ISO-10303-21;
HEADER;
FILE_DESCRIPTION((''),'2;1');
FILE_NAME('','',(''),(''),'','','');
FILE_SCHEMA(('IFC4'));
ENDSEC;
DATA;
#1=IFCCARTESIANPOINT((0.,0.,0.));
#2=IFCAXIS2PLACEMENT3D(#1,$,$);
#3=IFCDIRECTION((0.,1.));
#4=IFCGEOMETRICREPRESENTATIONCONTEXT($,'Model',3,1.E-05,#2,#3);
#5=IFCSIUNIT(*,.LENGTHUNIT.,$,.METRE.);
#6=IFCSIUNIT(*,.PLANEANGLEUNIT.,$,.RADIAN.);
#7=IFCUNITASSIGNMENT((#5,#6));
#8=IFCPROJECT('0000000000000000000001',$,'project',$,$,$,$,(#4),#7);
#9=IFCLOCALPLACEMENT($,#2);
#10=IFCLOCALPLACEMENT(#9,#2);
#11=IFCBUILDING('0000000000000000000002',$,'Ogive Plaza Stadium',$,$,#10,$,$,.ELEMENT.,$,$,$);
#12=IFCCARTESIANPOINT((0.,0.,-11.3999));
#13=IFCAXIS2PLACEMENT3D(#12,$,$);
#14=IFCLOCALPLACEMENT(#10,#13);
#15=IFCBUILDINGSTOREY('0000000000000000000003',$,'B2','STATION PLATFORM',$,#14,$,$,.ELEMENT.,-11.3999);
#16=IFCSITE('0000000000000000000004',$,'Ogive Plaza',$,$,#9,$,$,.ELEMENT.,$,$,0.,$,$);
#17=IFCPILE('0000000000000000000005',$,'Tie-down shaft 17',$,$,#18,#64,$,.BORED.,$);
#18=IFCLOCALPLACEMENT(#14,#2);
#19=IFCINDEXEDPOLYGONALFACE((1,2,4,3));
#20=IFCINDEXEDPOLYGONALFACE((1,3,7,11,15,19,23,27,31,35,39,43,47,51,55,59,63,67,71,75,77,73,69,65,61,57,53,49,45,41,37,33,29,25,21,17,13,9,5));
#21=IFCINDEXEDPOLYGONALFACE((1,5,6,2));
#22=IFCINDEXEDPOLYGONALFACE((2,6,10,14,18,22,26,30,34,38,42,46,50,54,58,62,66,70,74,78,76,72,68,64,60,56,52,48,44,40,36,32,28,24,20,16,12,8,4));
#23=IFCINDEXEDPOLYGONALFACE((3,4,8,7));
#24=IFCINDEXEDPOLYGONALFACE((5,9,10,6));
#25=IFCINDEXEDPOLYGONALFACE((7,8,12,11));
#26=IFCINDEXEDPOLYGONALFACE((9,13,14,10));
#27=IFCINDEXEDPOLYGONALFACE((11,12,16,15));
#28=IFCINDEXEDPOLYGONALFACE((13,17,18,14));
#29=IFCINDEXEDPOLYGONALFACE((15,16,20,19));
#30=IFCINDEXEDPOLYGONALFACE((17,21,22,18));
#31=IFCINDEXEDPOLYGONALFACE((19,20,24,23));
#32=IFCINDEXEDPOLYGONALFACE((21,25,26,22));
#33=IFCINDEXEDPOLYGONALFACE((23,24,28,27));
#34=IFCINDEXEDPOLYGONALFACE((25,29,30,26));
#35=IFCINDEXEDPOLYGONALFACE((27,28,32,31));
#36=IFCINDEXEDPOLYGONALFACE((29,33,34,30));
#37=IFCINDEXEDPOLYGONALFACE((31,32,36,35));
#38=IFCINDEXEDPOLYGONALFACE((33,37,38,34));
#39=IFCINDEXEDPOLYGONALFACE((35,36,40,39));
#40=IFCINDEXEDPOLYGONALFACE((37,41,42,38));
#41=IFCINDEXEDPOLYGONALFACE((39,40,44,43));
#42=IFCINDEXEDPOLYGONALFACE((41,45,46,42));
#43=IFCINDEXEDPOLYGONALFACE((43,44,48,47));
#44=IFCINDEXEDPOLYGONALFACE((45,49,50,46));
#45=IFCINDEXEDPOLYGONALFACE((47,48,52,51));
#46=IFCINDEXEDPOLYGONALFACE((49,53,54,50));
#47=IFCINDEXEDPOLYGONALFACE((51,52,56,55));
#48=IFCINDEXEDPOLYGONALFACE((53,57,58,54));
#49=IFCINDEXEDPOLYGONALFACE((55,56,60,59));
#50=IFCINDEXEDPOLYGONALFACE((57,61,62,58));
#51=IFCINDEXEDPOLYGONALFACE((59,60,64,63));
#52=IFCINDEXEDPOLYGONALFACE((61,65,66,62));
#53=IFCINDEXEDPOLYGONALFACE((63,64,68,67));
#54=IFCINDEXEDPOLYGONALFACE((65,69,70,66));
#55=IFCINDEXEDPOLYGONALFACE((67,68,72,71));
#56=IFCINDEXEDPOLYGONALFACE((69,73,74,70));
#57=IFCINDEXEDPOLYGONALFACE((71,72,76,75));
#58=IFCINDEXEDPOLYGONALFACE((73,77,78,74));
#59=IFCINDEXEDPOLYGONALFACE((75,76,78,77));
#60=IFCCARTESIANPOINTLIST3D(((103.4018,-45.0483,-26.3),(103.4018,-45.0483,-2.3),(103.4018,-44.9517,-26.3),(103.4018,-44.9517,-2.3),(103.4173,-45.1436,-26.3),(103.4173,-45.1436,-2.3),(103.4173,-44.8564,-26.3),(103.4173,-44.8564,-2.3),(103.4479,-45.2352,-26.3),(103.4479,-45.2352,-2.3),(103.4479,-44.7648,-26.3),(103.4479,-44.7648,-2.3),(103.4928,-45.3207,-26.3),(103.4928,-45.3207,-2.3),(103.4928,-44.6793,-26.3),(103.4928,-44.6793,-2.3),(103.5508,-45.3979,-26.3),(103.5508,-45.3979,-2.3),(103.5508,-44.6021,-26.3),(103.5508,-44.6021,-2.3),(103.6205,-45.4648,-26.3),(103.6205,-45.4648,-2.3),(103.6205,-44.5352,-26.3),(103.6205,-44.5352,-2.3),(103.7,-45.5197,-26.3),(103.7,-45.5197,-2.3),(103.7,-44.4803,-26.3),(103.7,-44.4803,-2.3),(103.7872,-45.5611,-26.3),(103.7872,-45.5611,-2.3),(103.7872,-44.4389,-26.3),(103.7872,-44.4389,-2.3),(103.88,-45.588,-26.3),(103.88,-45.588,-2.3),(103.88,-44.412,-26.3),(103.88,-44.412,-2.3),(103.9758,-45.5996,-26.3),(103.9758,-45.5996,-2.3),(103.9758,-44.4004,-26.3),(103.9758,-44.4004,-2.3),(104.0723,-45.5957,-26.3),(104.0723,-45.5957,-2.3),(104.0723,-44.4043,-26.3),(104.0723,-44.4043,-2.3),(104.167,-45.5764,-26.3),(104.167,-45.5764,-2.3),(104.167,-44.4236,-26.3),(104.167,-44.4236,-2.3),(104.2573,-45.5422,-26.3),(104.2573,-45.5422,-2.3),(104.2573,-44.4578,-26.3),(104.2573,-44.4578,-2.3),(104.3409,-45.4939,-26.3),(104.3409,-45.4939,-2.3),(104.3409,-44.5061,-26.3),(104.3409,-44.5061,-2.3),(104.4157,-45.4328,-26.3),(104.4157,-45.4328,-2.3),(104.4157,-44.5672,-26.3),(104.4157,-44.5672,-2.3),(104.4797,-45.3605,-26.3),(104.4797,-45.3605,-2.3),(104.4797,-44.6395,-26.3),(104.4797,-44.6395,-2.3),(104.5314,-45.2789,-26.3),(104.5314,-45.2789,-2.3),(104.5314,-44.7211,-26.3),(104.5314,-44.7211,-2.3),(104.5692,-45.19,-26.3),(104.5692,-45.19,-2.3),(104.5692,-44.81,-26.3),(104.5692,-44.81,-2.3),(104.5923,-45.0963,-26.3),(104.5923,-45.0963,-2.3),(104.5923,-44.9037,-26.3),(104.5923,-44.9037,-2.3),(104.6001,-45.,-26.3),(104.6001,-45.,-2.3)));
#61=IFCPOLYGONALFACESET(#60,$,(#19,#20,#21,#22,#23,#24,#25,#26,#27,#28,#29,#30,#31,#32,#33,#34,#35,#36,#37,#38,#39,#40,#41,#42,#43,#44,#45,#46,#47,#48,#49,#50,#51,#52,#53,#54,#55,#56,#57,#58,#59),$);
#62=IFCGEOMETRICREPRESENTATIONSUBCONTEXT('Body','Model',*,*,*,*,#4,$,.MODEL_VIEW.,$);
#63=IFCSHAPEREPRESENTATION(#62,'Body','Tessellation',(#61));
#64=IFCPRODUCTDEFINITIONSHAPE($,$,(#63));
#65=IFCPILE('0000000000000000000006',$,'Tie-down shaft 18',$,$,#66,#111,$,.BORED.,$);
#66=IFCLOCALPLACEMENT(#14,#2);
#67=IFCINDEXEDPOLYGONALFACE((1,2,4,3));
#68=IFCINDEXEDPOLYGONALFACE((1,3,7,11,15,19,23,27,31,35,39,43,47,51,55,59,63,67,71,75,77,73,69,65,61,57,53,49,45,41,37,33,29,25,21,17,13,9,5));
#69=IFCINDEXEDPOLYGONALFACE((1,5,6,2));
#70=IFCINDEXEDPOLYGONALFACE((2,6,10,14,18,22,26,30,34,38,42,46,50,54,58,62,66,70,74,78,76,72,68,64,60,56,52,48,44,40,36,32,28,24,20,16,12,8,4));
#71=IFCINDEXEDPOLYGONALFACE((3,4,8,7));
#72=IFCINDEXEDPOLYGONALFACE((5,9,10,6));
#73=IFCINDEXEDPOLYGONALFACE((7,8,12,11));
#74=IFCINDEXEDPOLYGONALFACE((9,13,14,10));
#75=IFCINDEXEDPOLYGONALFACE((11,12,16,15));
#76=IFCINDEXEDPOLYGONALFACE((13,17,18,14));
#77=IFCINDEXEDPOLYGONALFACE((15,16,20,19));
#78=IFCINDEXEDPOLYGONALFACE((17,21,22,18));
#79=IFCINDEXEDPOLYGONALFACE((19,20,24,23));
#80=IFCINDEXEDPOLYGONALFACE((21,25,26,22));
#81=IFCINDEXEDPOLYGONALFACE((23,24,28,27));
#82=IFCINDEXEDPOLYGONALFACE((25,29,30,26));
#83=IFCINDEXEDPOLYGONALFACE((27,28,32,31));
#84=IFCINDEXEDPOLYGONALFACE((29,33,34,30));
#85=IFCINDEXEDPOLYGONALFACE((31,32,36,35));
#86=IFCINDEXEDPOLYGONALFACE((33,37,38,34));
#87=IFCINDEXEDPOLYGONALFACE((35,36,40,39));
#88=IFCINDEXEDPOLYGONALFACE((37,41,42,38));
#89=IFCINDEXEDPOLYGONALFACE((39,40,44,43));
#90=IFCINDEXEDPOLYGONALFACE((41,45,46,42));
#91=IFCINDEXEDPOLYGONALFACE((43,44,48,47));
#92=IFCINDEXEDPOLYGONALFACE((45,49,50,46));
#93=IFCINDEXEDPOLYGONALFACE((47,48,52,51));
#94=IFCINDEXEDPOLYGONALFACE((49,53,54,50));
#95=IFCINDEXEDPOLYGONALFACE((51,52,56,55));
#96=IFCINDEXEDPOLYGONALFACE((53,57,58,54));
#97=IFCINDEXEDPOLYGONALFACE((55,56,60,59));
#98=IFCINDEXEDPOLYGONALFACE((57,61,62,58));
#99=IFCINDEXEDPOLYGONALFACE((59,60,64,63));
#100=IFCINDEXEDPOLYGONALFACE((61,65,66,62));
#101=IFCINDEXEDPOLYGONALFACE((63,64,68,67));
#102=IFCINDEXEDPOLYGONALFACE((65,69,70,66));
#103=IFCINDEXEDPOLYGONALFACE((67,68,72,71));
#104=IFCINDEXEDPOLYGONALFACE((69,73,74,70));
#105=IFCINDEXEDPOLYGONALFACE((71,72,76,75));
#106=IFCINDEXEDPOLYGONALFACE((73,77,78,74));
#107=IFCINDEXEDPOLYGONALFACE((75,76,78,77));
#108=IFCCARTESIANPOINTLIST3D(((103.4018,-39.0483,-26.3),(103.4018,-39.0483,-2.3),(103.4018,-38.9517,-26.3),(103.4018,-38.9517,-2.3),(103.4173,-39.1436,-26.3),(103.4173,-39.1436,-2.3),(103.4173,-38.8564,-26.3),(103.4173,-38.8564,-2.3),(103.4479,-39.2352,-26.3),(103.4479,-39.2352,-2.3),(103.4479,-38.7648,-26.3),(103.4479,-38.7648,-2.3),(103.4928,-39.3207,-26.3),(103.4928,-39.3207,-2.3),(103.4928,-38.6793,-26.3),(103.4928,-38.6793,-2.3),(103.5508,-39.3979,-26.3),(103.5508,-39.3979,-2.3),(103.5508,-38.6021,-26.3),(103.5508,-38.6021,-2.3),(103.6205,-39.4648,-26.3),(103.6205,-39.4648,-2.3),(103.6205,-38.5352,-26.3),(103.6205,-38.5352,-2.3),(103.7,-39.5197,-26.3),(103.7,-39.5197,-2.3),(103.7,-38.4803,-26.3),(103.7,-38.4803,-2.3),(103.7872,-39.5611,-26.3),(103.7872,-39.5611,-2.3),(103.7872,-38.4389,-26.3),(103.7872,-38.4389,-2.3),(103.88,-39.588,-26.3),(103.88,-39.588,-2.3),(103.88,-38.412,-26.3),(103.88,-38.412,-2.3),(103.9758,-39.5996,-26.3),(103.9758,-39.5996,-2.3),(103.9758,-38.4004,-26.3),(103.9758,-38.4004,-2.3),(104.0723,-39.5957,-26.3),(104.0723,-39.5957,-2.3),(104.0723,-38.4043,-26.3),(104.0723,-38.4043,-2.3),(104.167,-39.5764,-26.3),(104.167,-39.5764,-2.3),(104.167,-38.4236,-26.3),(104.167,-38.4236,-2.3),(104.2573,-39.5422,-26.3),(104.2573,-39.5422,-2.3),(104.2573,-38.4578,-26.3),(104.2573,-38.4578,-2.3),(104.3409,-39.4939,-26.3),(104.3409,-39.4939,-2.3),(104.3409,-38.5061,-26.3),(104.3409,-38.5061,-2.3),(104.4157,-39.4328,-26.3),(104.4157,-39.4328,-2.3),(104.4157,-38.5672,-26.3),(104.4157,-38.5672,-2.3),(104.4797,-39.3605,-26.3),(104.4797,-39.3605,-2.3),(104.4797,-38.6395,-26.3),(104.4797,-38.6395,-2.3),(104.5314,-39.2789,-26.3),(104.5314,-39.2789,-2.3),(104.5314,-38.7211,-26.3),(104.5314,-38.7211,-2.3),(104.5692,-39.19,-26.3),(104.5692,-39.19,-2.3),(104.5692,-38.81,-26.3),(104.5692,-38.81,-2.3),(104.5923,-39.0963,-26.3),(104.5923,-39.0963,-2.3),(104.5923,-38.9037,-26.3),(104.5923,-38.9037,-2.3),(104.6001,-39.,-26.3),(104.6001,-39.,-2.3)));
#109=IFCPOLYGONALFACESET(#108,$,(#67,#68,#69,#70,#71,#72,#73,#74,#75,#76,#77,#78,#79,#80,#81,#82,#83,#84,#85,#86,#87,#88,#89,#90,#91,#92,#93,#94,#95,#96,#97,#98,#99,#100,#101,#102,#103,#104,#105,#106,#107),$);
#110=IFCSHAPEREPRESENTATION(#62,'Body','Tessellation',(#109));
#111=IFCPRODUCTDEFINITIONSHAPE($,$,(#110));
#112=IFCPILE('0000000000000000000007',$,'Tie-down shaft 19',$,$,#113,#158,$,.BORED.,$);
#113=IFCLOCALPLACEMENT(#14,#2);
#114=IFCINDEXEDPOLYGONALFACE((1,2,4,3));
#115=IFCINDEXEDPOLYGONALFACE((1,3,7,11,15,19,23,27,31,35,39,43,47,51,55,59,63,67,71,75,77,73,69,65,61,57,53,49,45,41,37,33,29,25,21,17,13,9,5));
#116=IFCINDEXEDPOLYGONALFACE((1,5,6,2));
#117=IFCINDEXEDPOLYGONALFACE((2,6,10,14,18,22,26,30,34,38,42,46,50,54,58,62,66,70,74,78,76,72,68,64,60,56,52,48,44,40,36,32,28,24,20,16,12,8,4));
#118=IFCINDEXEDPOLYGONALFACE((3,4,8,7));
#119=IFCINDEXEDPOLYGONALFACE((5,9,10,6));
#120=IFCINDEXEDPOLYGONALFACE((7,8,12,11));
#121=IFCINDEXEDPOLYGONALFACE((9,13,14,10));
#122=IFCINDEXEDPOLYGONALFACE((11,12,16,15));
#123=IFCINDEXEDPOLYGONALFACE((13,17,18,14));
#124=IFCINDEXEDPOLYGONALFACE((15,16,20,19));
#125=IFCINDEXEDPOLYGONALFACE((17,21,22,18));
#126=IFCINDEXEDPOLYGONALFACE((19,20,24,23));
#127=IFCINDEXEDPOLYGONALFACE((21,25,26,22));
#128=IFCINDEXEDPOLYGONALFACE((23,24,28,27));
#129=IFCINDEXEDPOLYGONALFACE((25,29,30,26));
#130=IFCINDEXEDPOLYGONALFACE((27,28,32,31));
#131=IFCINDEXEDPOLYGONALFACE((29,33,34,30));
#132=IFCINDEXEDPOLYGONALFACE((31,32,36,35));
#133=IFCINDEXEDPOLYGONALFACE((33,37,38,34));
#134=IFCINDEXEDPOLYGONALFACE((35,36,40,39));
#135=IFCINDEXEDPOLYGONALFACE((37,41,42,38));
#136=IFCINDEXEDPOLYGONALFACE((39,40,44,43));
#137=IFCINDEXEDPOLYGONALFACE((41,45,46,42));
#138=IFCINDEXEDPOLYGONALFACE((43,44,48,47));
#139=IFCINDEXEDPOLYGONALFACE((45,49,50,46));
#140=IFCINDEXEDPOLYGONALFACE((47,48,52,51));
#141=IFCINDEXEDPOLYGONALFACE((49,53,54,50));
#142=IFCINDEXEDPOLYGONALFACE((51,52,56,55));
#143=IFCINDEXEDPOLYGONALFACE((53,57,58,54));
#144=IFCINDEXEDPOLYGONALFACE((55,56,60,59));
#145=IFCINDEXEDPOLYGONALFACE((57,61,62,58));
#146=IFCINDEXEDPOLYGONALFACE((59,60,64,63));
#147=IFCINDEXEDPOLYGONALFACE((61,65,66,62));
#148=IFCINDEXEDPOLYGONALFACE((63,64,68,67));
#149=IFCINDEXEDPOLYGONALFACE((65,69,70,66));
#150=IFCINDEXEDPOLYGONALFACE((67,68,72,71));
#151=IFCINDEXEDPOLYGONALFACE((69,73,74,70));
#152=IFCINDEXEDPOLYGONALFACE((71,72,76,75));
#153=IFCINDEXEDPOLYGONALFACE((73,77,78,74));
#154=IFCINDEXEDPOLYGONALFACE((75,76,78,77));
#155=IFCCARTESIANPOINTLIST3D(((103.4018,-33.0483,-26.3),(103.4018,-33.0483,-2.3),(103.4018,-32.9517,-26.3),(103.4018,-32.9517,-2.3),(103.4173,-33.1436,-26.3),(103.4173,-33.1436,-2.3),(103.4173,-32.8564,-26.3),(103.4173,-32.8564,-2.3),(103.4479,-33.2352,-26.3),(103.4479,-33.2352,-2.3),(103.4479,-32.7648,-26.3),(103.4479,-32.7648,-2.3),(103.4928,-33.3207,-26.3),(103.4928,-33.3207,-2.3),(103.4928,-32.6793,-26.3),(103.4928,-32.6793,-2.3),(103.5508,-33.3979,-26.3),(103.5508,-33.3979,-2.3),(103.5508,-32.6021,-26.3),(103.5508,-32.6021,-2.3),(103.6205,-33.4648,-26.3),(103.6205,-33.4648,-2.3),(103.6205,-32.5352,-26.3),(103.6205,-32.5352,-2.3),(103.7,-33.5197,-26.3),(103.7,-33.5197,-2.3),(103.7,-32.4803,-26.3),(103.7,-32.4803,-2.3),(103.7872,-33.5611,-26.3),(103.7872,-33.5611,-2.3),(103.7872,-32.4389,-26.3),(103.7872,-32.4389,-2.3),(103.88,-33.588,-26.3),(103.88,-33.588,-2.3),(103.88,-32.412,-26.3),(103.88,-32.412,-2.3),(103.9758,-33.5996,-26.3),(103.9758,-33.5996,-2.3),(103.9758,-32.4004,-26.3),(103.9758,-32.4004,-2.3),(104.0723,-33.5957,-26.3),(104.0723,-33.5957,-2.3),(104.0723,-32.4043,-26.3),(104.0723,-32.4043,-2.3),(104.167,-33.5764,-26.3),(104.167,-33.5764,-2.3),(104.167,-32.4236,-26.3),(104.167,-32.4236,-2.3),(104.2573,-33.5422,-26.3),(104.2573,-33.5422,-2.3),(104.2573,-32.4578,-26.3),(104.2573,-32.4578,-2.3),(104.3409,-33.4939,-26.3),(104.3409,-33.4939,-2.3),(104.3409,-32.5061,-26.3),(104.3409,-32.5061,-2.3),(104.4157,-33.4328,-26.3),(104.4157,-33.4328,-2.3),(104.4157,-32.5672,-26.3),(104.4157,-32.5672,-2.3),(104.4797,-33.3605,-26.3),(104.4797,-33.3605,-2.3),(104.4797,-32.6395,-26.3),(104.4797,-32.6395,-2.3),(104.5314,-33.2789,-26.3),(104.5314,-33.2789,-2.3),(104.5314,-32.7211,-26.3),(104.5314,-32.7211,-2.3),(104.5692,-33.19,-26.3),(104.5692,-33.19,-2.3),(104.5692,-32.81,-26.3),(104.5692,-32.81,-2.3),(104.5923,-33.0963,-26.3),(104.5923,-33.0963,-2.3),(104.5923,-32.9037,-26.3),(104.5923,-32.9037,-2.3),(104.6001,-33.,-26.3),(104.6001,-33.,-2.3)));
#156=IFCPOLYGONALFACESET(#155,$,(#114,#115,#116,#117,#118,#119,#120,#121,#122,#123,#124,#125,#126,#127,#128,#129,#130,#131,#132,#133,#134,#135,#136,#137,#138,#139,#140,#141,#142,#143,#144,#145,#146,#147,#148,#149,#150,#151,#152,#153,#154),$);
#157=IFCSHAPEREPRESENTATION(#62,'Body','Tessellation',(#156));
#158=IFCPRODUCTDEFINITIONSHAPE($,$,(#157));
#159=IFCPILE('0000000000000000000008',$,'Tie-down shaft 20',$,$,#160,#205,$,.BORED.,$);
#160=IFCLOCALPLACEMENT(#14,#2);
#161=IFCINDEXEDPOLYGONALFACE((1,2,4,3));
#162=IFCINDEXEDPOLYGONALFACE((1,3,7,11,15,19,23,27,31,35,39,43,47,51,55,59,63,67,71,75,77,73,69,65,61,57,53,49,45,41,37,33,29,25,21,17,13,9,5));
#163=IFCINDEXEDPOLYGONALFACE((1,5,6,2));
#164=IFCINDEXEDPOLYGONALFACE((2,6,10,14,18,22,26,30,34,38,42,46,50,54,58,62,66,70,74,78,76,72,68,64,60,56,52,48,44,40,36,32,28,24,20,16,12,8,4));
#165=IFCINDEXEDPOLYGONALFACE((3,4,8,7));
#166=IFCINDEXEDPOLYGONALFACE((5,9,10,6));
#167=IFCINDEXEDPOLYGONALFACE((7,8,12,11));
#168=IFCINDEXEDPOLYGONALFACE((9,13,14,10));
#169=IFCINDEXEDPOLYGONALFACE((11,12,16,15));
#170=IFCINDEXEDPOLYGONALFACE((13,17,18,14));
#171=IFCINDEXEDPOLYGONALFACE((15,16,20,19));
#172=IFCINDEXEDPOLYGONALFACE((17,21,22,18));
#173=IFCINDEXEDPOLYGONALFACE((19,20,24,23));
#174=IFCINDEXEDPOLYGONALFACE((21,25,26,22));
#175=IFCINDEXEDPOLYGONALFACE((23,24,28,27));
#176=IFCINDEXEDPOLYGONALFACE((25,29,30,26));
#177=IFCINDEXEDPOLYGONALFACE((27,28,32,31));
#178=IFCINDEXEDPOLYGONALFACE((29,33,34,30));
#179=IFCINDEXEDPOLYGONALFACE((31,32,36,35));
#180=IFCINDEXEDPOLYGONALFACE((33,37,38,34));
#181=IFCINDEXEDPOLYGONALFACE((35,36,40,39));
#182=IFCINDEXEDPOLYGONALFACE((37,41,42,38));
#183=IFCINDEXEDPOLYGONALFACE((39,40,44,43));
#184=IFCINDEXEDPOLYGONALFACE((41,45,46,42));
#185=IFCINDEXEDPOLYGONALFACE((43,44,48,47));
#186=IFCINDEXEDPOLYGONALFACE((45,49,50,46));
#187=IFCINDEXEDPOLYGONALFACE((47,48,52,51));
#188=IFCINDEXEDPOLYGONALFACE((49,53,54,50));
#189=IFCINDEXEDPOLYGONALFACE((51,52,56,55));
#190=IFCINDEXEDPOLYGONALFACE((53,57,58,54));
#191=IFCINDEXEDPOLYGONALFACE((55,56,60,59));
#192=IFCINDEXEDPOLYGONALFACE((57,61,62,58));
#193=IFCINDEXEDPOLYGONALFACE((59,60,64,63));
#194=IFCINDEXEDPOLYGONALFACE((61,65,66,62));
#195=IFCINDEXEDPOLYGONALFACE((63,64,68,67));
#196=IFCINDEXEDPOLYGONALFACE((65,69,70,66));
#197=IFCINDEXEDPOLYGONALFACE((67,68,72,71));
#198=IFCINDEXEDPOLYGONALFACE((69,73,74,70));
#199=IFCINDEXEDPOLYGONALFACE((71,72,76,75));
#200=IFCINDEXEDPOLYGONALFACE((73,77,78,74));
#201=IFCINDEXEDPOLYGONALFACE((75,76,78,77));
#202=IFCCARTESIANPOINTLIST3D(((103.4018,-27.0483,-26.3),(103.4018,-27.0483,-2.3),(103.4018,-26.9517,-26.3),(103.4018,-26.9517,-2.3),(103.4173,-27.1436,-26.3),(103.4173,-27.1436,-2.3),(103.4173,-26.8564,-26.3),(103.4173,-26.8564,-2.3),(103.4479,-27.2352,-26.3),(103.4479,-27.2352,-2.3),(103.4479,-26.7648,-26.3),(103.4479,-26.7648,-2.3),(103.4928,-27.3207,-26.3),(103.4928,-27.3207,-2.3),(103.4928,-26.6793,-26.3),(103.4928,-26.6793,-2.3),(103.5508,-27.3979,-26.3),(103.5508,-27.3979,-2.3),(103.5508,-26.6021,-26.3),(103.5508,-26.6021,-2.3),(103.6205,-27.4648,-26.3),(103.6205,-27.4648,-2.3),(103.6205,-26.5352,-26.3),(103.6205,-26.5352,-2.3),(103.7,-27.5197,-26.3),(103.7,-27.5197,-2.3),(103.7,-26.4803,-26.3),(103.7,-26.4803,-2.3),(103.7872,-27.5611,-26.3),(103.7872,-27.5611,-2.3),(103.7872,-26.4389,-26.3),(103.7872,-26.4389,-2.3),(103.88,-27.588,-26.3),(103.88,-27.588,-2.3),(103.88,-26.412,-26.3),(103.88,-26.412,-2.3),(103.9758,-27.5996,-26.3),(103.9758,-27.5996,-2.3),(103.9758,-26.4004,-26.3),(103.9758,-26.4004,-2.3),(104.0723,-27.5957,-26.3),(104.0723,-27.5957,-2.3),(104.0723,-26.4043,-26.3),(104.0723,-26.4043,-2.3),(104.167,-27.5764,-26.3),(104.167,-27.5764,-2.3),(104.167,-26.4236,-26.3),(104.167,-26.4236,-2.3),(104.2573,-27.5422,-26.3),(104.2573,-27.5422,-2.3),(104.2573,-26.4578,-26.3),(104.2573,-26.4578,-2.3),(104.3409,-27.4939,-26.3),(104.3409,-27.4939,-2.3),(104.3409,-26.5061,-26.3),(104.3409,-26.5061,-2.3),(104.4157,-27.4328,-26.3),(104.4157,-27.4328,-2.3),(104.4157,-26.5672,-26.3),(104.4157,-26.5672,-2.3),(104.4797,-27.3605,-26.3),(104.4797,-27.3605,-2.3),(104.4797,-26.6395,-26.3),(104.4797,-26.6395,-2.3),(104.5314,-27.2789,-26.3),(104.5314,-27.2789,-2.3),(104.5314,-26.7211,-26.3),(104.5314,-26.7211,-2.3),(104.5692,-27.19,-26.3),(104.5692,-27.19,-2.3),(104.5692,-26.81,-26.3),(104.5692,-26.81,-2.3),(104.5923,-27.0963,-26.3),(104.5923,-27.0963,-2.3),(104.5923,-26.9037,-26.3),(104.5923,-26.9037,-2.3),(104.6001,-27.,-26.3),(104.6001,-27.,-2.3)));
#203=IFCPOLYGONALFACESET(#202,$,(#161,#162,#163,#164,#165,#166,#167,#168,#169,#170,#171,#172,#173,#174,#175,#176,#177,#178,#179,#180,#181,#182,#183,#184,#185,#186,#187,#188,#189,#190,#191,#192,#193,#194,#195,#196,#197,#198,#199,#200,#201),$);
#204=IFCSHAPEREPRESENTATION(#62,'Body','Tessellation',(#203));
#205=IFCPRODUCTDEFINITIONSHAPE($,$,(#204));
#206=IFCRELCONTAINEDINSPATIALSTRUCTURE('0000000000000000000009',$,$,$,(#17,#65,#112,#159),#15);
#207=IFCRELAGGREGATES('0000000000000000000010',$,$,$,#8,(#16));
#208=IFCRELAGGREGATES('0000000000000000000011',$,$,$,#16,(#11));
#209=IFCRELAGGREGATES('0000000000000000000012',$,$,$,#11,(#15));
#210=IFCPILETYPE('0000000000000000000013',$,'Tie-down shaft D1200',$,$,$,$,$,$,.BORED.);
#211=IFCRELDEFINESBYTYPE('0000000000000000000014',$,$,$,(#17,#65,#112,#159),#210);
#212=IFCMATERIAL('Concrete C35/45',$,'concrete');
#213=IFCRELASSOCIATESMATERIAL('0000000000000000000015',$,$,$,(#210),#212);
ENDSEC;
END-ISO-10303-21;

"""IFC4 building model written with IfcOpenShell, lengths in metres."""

from ifc_helpers import new_model, si_unit, direction, frame, origin, origin_2d, place, context, subcontext, project, spatial, circle, extrude, material, material_profile, profile_set, type_object, element, save


model = new_model("IFC4")

# Units and contexts
model_context = context("Model", 3, precision=1e-05, world=origin(), true_north=direction((0.0, 1.0)))
body_context = subcontext(model_context, "Body", "Model", "MODEL_VIEW")
ifc_project = project(units=[si_unit("LENGTHUNIT", "METRE"), si_unit("PLANEANGLEUNIT", "RADIAN")], contexts=[model_context])

# Site, building, storey
site_placement = place(None, origin())
site = spatial("IfcSite", under=ifc_project, at=site_placement, Name="Ogive Plaza", CompositionType="ELEMENT", RefElevation=0.0)
building_placement = place(site_placement, origin())
building = spatial("IfcBuilding", under=site, at=building_placement, Name="Ogive Plaza Stadium", CompositionType="ELEMENT")
storey_placement = place(building_placement, frame((0.0, 0.0, -11.3999)))
storey = spatial("IfcBuildingStorey", under=building, at=storey_placement, Name="B2", Description="STATION PLATFORM", CompositionType="ELEMENT", Elevation=-11.3999)

# Piles
ifc_material_1 = material(Name="Concrete C35/45", Category="concrete")
ifc_material_profile_1 = material_profile(ifc_material_1, circle(Radius=0.6001, at=origin_2d()), Name="Tie-down shaft D1200")
ifc_profile_set_1 = profile_set([ifc_material_profile_1], Name="Concrete C35/45")
pile_type = type_object("IfcPileType", Name="Tie-down shaft D1200", PredefinedType="BORED", material=ifc_profile_set_1)
for number, where, z_axis, x_axis, name in (
    (1, (104.0, -45.0, -2.3), (0.0, 0.0, -1.0), (1.0, 0.0, 0.0), "Tie-down shaft 17"),
    (2, (104.0, -39.0, -2.3), (0.0, 0.0, -1.0), (1.0, 0.0, 0.0), "Tie-down shaft 18"),
    (3, (104.0, -33.0, -2.3), (0.0, 0.0, -1.0), (1.0, 0.0, 0.0), "Tie-down shaft 19"),
    (4, (104.0, -27.0, -2.3), (0.0, 0.0, -1.0), (1.0, 0.0, 0.0), "Tie-down shaft 20"),
):
    element("IfcPile", number, at=place(storey_placement, frame(where, z_axis=z_axis, x_axis=x_axis)), inside=storey, type_object=pile_type, Name=name, PredefinedType="BORED", context=body_context, shape_type="SweptSolid", body=[
        extrude(circle(Radius=0.6001, at=origin_2d()), origin(), (0.0, 0.0, 1.0), 24.0),
    ])

save(model, "model.ifc")
